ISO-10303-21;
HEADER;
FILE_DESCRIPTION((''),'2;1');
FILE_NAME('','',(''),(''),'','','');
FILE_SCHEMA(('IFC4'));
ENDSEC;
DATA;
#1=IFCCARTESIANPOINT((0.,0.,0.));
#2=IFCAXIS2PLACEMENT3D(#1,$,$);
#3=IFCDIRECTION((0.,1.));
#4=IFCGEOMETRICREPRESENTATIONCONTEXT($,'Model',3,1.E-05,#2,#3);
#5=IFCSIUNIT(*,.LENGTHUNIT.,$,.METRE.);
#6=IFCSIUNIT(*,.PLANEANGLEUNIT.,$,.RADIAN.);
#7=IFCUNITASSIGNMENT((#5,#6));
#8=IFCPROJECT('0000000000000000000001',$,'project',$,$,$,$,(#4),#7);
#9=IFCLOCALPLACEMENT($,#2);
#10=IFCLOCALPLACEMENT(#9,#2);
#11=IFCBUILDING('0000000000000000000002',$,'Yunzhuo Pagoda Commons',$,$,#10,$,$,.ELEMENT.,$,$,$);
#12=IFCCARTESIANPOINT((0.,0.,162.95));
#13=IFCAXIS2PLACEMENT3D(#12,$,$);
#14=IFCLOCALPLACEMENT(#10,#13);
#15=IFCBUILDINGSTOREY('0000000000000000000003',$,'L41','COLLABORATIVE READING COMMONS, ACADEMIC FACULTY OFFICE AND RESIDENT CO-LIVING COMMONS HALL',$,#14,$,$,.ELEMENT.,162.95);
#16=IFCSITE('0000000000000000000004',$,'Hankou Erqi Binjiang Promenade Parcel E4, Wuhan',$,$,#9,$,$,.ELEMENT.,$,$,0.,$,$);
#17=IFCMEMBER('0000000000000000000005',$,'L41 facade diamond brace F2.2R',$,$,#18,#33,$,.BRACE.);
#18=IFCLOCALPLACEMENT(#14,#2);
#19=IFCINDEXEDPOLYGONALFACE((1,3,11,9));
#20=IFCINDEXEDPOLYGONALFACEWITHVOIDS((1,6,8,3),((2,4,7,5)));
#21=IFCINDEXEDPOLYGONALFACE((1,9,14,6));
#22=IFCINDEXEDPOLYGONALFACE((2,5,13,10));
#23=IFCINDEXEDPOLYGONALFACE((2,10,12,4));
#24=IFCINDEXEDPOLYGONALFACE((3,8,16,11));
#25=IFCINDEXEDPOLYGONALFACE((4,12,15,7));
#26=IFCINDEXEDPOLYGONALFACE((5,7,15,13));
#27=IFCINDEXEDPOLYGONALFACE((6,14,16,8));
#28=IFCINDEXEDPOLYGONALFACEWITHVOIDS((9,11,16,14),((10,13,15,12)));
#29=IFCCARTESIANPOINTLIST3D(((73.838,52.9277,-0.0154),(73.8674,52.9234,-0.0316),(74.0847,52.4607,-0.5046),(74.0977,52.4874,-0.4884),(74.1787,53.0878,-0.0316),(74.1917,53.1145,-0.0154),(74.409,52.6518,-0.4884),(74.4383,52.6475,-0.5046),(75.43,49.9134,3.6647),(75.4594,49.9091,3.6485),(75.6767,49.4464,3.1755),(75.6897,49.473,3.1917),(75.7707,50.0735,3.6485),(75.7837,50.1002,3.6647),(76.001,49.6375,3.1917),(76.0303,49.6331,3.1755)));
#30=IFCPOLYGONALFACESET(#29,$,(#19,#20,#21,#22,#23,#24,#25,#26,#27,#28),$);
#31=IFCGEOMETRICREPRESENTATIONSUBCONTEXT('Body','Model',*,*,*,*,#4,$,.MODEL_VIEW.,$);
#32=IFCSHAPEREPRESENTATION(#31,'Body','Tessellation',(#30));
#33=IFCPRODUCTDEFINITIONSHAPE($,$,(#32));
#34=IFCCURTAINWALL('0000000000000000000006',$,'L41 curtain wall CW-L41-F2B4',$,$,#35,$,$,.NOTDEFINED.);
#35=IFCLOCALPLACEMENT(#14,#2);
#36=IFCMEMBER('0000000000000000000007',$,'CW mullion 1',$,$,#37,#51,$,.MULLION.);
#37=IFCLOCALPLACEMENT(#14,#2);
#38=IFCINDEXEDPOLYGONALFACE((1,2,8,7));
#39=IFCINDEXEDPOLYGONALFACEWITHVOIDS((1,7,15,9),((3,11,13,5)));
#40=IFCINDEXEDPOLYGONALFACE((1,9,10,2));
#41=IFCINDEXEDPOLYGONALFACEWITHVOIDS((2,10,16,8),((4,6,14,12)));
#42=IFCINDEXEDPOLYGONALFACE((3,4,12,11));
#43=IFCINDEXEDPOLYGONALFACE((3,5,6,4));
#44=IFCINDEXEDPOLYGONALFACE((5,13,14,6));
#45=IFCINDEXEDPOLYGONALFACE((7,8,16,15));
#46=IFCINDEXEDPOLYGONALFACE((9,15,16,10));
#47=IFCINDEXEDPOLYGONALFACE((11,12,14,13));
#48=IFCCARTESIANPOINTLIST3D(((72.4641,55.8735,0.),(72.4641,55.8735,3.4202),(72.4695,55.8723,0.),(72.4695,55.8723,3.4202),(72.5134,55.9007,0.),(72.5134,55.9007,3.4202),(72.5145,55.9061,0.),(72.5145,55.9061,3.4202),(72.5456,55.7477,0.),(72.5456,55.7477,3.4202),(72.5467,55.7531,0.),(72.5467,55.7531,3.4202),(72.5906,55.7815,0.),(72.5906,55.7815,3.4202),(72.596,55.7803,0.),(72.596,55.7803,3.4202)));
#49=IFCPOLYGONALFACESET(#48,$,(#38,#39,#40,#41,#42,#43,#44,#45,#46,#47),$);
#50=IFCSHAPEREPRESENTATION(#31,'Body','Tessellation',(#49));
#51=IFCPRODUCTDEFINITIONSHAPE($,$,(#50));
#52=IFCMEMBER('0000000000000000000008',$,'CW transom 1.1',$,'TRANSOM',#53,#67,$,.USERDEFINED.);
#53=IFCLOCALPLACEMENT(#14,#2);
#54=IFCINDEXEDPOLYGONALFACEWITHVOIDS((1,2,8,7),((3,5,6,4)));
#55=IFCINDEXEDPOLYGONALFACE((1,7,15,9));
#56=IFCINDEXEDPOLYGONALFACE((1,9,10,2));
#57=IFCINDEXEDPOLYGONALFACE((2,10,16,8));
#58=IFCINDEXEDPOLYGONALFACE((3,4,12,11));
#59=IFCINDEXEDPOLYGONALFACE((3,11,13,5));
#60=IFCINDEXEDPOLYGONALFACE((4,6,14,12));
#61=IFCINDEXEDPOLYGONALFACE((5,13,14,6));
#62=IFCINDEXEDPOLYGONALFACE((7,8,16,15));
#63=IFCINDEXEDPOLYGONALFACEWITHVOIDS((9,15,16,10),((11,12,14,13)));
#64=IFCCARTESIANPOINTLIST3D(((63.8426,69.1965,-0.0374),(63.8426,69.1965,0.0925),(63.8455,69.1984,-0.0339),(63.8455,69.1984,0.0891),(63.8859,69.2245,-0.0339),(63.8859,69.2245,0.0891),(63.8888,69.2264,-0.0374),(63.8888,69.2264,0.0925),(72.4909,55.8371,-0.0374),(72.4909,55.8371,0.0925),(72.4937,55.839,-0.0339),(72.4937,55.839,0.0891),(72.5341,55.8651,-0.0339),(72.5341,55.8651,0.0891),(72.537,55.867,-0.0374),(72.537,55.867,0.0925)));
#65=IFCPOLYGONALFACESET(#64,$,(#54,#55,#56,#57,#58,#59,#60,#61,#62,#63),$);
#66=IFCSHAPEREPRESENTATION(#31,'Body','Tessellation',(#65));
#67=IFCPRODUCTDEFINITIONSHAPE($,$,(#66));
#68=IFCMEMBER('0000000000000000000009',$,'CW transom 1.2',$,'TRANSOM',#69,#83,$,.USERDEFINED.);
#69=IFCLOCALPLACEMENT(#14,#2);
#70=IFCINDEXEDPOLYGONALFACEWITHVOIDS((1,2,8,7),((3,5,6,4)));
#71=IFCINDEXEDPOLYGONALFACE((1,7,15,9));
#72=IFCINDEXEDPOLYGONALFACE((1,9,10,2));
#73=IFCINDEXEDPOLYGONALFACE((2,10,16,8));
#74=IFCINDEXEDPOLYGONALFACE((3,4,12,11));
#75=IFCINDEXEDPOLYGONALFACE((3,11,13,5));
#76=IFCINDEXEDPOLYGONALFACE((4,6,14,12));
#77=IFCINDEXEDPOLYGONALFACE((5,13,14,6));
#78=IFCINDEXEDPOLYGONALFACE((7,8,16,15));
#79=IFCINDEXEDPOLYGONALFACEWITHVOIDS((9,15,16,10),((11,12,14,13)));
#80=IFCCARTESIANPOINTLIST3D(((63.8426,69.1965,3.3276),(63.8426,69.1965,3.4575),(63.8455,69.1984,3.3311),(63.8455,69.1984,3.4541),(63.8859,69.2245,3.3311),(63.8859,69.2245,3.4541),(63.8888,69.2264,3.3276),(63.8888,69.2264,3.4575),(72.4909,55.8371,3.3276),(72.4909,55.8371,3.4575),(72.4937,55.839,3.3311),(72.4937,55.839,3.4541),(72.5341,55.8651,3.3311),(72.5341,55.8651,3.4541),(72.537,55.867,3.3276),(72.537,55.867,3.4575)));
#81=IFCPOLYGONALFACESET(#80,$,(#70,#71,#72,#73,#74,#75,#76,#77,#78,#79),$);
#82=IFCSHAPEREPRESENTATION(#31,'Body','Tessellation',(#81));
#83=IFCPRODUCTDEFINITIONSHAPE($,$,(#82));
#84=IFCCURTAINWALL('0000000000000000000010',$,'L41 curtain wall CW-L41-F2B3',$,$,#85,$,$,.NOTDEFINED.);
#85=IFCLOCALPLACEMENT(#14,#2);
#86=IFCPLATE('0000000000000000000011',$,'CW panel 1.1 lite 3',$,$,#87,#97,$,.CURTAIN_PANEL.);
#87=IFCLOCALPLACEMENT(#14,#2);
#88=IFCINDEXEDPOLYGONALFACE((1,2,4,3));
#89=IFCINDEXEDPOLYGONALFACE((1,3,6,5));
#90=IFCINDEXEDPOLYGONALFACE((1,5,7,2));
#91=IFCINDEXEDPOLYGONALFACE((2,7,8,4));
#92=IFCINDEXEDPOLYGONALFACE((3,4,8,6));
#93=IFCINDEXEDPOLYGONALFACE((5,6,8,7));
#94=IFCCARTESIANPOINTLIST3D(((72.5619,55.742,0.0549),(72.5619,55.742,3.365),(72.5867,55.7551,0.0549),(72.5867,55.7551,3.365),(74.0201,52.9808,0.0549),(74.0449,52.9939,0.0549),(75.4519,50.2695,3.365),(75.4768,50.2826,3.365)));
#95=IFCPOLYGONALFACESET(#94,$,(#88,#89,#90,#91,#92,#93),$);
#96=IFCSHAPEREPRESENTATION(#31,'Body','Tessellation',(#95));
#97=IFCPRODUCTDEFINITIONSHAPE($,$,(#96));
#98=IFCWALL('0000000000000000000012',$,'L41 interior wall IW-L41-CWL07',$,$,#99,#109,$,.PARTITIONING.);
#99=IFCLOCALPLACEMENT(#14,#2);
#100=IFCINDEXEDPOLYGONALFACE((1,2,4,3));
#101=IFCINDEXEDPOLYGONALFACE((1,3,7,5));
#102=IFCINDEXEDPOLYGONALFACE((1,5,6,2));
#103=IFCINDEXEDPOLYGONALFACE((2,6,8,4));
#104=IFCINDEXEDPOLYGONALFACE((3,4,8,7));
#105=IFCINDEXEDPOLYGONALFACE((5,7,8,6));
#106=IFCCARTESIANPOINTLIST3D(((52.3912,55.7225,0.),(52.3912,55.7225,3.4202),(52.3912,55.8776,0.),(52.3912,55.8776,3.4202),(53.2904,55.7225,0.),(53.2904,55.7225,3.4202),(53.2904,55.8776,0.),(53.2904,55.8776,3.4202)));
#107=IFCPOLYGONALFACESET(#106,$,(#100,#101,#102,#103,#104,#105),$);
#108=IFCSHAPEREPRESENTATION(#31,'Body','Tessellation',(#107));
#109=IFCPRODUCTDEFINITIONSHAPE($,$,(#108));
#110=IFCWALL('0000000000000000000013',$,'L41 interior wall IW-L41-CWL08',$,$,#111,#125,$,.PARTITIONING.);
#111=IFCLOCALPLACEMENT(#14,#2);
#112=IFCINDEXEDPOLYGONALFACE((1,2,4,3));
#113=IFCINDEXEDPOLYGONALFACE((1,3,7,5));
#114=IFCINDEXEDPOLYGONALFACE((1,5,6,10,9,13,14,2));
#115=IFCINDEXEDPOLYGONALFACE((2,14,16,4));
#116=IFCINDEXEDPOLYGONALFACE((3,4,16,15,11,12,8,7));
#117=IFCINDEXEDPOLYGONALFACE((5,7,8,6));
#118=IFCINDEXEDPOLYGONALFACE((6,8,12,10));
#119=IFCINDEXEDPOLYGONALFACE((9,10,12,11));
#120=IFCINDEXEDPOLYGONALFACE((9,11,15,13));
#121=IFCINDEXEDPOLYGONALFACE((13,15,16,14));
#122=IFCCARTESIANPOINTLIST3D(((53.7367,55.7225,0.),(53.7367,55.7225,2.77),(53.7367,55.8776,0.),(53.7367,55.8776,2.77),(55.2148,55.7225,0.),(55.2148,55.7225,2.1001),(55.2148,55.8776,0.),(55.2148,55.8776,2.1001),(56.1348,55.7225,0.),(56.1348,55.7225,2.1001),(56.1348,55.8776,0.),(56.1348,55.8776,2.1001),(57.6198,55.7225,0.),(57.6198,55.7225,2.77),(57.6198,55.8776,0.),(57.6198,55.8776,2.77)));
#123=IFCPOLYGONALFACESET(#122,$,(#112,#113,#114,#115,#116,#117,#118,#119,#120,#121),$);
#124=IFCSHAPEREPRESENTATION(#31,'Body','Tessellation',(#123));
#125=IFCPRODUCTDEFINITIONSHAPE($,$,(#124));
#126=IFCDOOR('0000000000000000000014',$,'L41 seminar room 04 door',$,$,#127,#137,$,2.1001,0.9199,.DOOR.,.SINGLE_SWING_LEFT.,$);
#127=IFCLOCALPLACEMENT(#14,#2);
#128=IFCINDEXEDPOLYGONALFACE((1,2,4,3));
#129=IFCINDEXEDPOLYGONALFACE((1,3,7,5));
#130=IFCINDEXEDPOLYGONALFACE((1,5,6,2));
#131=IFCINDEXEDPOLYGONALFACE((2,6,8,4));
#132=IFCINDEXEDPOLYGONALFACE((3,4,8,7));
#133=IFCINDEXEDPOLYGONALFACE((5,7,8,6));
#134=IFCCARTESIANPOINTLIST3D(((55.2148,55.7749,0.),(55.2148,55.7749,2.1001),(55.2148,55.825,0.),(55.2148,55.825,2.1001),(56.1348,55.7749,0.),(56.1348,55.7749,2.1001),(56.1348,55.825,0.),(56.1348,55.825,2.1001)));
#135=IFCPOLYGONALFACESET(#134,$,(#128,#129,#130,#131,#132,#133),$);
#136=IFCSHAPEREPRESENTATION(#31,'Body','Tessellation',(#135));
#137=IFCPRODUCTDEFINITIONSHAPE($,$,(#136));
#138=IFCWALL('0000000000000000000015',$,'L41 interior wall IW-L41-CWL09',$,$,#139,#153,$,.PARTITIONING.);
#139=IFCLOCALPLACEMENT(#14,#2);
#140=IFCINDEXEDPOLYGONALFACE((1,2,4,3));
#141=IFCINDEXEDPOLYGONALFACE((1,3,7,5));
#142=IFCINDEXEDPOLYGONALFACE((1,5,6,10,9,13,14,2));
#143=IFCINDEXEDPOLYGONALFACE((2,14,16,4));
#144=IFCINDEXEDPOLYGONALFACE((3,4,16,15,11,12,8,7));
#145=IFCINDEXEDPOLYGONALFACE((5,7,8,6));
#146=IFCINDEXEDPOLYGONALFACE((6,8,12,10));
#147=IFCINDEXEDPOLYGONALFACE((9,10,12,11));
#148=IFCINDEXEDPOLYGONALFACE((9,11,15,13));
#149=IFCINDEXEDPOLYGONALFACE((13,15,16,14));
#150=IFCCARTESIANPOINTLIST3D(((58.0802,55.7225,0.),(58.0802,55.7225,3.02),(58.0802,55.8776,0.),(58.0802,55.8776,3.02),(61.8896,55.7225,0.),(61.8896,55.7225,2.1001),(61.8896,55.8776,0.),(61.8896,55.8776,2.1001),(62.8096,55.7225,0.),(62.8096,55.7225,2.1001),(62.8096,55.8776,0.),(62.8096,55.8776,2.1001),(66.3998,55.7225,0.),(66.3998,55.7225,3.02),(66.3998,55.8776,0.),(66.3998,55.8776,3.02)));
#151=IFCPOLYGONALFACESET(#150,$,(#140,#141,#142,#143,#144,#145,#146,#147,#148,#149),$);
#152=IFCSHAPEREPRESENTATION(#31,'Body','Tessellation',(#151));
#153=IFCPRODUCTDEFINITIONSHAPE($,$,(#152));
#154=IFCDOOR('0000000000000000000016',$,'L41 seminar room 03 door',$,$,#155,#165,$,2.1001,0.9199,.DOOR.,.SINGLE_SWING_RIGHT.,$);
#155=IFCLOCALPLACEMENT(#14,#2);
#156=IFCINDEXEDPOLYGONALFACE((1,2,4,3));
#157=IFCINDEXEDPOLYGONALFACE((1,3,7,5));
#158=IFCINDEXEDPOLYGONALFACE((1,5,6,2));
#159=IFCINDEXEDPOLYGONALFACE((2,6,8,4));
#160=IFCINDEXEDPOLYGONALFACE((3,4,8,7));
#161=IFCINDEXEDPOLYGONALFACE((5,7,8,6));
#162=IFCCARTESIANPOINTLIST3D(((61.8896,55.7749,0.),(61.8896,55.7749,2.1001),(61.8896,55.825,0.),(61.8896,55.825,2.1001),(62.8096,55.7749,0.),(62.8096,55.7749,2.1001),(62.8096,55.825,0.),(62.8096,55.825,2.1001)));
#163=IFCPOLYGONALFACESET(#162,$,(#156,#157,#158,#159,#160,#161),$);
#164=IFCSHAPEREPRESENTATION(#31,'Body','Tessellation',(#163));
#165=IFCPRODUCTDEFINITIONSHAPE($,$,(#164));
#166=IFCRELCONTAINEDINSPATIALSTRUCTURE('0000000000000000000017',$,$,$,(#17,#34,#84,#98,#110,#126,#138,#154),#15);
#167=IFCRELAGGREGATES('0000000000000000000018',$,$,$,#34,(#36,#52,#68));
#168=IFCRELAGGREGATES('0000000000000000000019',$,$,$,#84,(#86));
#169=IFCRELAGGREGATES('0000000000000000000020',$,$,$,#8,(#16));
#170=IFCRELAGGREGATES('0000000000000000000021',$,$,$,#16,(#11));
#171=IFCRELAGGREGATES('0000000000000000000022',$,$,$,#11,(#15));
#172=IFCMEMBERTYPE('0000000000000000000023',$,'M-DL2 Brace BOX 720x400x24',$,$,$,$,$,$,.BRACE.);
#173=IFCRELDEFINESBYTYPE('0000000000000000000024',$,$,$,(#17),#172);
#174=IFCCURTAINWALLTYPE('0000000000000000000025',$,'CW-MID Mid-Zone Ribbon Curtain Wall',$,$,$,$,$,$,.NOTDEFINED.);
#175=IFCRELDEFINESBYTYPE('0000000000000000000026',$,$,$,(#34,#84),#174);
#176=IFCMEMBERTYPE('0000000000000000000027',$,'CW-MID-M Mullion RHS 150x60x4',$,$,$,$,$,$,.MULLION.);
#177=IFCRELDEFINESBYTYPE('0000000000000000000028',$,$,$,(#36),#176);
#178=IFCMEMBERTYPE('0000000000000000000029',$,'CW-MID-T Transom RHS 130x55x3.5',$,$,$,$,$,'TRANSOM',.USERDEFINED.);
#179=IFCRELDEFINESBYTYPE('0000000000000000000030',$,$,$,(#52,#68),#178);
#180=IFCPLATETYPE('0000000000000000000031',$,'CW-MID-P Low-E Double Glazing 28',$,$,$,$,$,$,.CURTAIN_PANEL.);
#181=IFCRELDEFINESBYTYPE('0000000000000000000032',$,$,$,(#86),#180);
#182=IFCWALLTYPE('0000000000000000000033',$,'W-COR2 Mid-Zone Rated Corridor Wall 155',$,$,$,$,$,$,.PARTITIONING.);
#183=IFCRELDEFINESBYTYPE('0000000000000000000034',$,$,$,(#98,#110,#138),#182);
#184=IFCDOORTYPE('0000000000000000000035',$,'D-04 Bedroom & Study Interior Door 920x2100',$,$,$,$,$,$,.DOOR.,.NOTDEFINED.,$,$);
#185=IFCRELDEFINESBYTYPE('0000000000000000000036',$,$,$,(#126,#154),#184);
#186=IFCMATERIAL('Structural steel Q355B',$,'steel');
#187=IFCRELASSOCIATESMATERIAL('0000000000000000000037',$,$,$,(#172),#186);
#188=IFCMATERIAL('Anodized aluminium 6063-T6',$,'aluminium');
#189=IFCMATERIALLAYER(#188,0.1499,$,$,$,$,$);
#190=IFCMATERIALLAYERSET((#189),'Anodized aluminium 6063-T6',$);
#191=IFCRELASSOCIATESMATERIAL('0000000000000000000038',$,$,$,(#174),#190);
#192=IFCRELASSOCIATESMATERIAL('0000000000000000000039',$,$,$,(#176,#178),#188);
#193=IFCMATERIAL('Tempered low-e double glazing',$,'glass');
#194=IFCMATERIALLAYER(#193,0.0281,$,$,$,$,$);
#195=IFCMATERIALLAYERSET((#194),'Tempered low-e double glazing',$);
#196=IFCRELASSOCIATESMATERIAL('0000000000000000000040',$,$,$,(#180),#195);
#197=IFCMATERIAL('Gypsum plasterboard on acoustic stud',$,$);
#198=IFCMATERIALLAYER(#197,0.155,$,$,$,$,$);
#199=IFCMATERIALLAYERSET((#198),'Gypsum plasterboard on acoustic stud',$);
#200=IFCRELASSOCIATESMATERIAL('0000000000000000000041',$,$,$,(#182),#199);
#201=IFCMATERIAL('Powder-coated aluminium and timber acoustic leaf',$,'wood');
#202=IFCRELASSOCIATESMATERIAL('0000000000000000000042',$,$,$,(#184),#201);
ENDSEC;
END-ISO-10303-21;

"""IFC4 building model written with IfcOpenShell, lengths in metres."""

from ifc_helpers import new_model, si_unit, direction, frame, frame_2d, origin, origin_with_axes, origin_2d, place, context, subcontext, project, spatial, polyline, rectangle, hollow_rectangle, outline, extrude, source, transform, mapped, material, layer, layer_set, material_profile, profile_set, type_object, element, fill, aggregate, save


model = new_model("IFC4")

# Units and contexts
model_context = context("Model", 3, precision=1e-05, world=origin(), true_north=direction((0.0, 1.0)))
body_context = subcontext(model_context, "Body", "Model", "MODEL_VIEW")
ifc_project = project(units=[si_unit("LENGTHUNIT", "METRE"), si_unit("PLANEANGLEUNIT", "RADIAN")], contexts=[model_context])

# Site, building, storey
site_placement = place(None, origin())
site = spatial("IfcSite", under=ifc_project, at=site_placement, Name="Hankou Erqi Binjiang Promenade Parcel E4, Wuhan", CompositionType="ELEMENT", RefElevation=0.0)
building_placement = place(site_placement, origin())
building = spatial("IfcBuilding", under=site, at=building_placement, Name="Yunzhuo Pagoda Commons", CompositionType="ELEMENT")
storey_placement = place(building_placement, frame((0.0, 0.0, 162.95)))
storey = spatial("IfcBuildingStorey", under=building, at=storey_placement, Name="L41", Description="COLLABORATIVE READING COMMONS, ACADEMIC FACULTY OFFICE AND RESIDENT CO-LIVING COMMONS HALL", CompositionType="ELEMENT", Elevation=162.95)

# Shared definitions
ifc_material_1 = material(Name="Structural steel Q355B", Category="steel")

# Member
ifc_material_profile_1 = material_profile(ifc_material_1, hollow_rectangle(XDim=0.3999, YDim=0.72, WallThickness=0.0239, at=origin_2d()), Name="Structural steel Q355B")
ifc_profile_set_1 = profile_set([ifc_material_profile_1], Name="Structural steel Q355B")
member_type_1 = type_object("IfcMemberType", Name="M-DL2 Brace BOX 720x400x24", PredefinedType="BRACE", material=ifc_profile_set_1)
shared_shape_1 = source(origin(), body_context, "Body", "SweptSolid", [
    extrude(hollow_rectangle(XDim=0.3999, YDim=0.72, WallThickness=0.0239, at=origin_2d()), origin(), (0.0, 0.0, 1.0), 5.0164),
])
member_1_placement = place(storey_placement, frame((74.1382, 52.7876, -0.26), z_axis=(0.317363, -0.600902, 0.733619), x_axis=(0.884251, 0.467012, 0.0)))
element("IfcMember", 1, at=member_1_placement, inside=storey, type_object=member_type_1, Name="L41 facade diamond brace F2.2R", PredefinedType="BRACE", context=body_context, shape_type="MappedRepresentation", body=[
    mapped(shared_shape_1, transform((0.0, 0.0, 0.0), scale=1.0)),
])

# Curtain wall, members
ifc_material_2 = material(Name="Anodized aluminium 6063-T6", Category="aluminium")
ifc_layer_1 = layer(ifc_material_2, 0.1499)
ifc_layer_set_1 = layer_set([ifc_layer_1], Name="Anodized aluminium 6063-T6")
curtain_wall_type = type_object("IfcCurtainWallType", Name="CW-MID Mid-Zone Ribbon Curtain Wall", PredefinedType="NOTDEFINED", material=ifc_layer_set_1)
curtain_wall_1_placement = place(storey_placement, origin())
curtain_wall_1 = element("IfcCurtainWall", 2, at=curtain_wall_1_placement, inside=storey, type_object=curtain_wall_type, Name="L41 curtain wall CW-L41-F2B4", PredefinedType="NOTDEFINED")
ifc_material_profile_2 = material_profile(ifc_material_2, hollow_rectangle(XDim=0.0601, YDim=0.1499, WallThickness=0.0039, at=origin_2d()), Name="Anodized aluminium 6063-T6")
ifc_profile_set_2 = profile_set([ifc_material_profile_2], Name="Anodized aluminium 6063-T6")
member_type_2 = type_object("IfcMemberType", Name="CW-MID-M Mullion RHS 150x60x4", PredefinedType="MULLION", material=ifc_profile_set_2)
shared_shape_2 = source(origin(), body_context, "Body", "SweptSolid", [
    extrude(hollow_rectangle(XDim=0.0601, YDim=0.1499, WallThickness=0.0039, at=origin_2d()), origin(), (0.0, 0.0, 1.0), 3.4202),
])
member_2_placement = place(storey_placement, frame((72.53, 55.8269, 0.0), z_axis=(0.0, 0.0, 1.0), x_axis=(-0.839466, -0.543412, 0.0)))
member_2 = element("IfcMember", 3, at=member_2_placement, type_object=member_type_2, Name="CW mullion 1", PredefinedType="MULLION", context=body_context, shape_type="MappedRepresentation", body=[
    mapped(shared_shape_2, transform((0.0, 0.0, 0.0), scale=1.0)),
])
ifc_material_profile_3 = material_profile(ifc_material_2, hollow_rectangle(XDim=0.0549, YDim=0.1299, WallThickness=0.0034, at=origin_2d()), Name="Anodized aluminium 6063-T6")
ifc_profile_set_3 = profile_set([ifc_material_profile_3], Name="Anodized aluminium 6063-T6")
member_type_3 = type_object("IfcMemberType", Name="CW-MID-T Transom RHS 130x55x3.5", ElementType="TRANSOM", PredefinedType="USERDEFINED", material=ifc_profile_set_3)
shared_shape_3 = source(origin(), body_context, "Body", "SweptSolid", [
    extrude(hollow_rectangle(XDim=0.0549, YDim=0.1299, WallThickness=0.0034, at=origin_2d()), origin(), (0.0, 0.0, 1.0), 15.9143),
])
member_3_placement = place(storey_placement, frame((72.5139, 55.8521, 0.0276), z_axis=(-0.543424, 0.839459, 0.0), x_axis=(-0.839459, -0.543424, 0.0)))
member_3 = element("IfcMember", 4, at=member_3_placement, type_object=member_type_3, Name="CW transom 1.1", ObjectType="TRANSOM", PredefinedType="USERDEFINED", context=body_context, shape_type="MappedRepresentation", body=[
    mapped(shared_shape_3, transform((0.0, 0.0, 0.0), scale=1.0)),
])
member_4_placement = place(storey_placement, frame((72.5139, 55.8521, 3.3926), z_axis=(-0.543424, 0.839459, 0.0), x_axis=(-0.839459, -0.543424, 0.0)))
member_4 = element("IfcMember", 5, at=member_4_placement, type_object=member_type_3, Name="CW transom 1.2", ObjectType="TRANSOM", PredefinedType="USERDEFINED", context=body_context, shape_type="MappedRepresentation", body=[
    mapped(shared_shape_3, transform((0.0, 0.0, 0.0), scale=1.0)),
])
aggregate(curtain_wall_1, [member_2, member_3, member_4])

# Curtain wall, plate
curtain_wall_2_placement = place(storey_placement, origin())
curtain_wall_2 = element("IfcCurtainWall", 6, at=curtain_wall_2_placement, inside=storey, type_object=curtain_wall_type, Name="L41 curtain wall CW-L41-F2B3", PredefinedType="NOTDEFINED")
ifc_material_3 = material(Name="Tempered low-e double glazing", Category="glass")
ifc_layer_2 = layer(ifc_material_3, 0.0281)
ifc_layer_set_2 = layer_set([ifc_layer_2], Name="Tempered low-e double glazing")
plate_type = type_object("IfcPlateType", Name="CW-MID-P Low-E Double Glazing 28", PredefinedType="CURTAIN_PANEL", material=ifc_layer_set_2)
plate_placement = place(storey_placement, frame((74.0068, 53.0059, 1.71), z_axis=(0.884263, 0.46699, 0.0), x_axis=(-0.46699, 0.884263, 0.0)))
plate = element("IfcPlate", 7, at=plate_placement, type_object=plate_type, Name="CW panel 1.1 lite 3", PredefinedType="CURTAIN_PANEL", context=body_context, shape_type="SweptSolid", body=[
    extrude(outline(polyline([(-3.0945, 1.655), (-0.0283, -1.655), (3.0942, -1.655), (3.0942, 1.655), (-3.0945, 1.655)])), origin(), (0.0, 0.0, 1.0), 0.0281),
])
aggregate(curtain_wall_2, [plate])

# Wall
ifc_material_4 = material(Name="Gypsum plasterboard on acoustic stud")
ifc_layer_3 = layer(ifc_material_4, 0.155)
ifc_layer_set_3 = layer_set([ifc_layer_3], Name="Gypsum plasterboard on acoustic stud")
wall_type_1 = type_object("IfcWallType", Name="W-COR2 Mid-Zone Rated Corridor Wall 155", PredefinedType="PARTITIONING", material=ifc_layer_set_3)
wall_1_placement = place(storey_placement, frame((52.3911, 55.8, 0.0), z_axis=(0.0, 0.0, 1.0), x_axis=(1.0, 0.0, 0.0)))
element("IfcWall", 8, at=wall_1_placement, inside=storey, type_object=wall_type_1, Name="L41 interior wall IW-L41-CWL07", PredefinedType="PARTITIONING", context=body_context, shape_type="SweptSolid", body=[
    extrude(rectangle(XDim=0.8992, YDim=0.155, at=frame_2d((0.4497, 0.0))), origin(), (0.0, 0.0, 1.0), 3.4202),
])

# Walls, openings, doors
wall_2_placement = place(storey_placement, frame((53.7368, 55.8, 0.0), z_axis=(0.0, 0.0, 1.0), x_axis=(1.0, 0.0, 0.0)))
wall_2 = element("IfcWall", 9, at=wall_2_placement, inside=storey, type_object=wall_type_1, Name="L41 interior wall IW-L41-CWL08", PredefinedType="PARTITIONING", context=body_context, shape_type="SweptSolid", body=[
    extrude(rectangle(XDim=3.8831, YDim=0.155, at=frame_2d((1.9414, 0.0))), origin(), (0.0, 0.0, 1.0), 2.77),
])
opening_1_placement = place(wall_2_placement, frame((1.478, 0.0, 0.0)))
opening_1 = element("IfcOpeningElement", 10, at=opening_1_placement, cuts=wall_2, PredefinedType="OPENING", context=body_context, shape_type="SweptSolid", body=[
    extrude(rectangle(XDim=0.9199, YDim=2.1001, at=frame_2d((0.46, 1.05))), frame((0.0, 0.0874, 0.0), z_axis=(0.0, -1.0, 0.0), x_axis=(1.0, 0.0, 0.0)), (0.0, 0.0, 1.0), 0.175),
])
ifc_material_5 = material(Name="Powder-coated aluminium and timber acoustic leaf", Category="wood")
door_type = type_object("IfcDoorType", Name="D-04 Bedroom & Study Interior Door 920x2100", OperationType="NOTDEFINED", PredefinedType="DOOR", material=ifc_material_5)
shared_shape_4 = source(origin(), body_context, "Body", "SweptSolid", [
    extrude(rectangle(XDim=0.9199, YDim=2.1001, at=frame_2d((0.46, 1.05))), frame((0.0, 0.0249, 0.0), z_axis=(0.0, -1.0, 0.0), x_axis=(1.0, 0.0, 0.0)), (0.0, 0.0, 1.0), 0.05),
])
door_1_placement = place(opening_1_placement, origin_with_axes())
door_1 = element("IfcDoor", 11, at=door_1_placement, inside=storey, type_object=door_type, Name="L41 seminar room 04 door", OperationType="SINGLE_SWING_LEFT", OverallHeight=2.1001, OverallWidth=0.9199, PredefinedType="DOOR", context=body_context, shape_type="MappedRepresentation", body=[
    mapped(shared_shape_4, transform((0.0, 0.0, 0.0), scale=1.0)),
])
fill(opening_1, door_1)
wall_3_placement = place(storey_placement, frame((58.0803, 55.8, 0.0), z_axis=(0.0, 0.0, 1.0), x_axis=(1.0, 0.0, 0.0)))
wall_3 = element("IfcWall", 12, at=wall_3_placement, inside=storey, type_object=wall_type_1, Name="L41 interior wall IW-L41-CWL09", PredefinedType="PARTITIONING", context=body_context, shape_type="SweptSolid", body=[
    extrude(rectangle(XDim=8.3196, YDim=0.155, at=frame_2d((4.1597, 0.0))), origin(), (0.0, 0.0, 1.0), 3.02),
])
opening_2_placement = place(wall_3_placement, frame((3.8093, 0.0, 0.0)))
opening_2 = element("IfcOpeningElement", 13, at=opening_2_placement, cuts=wall_3, PredefinedType="OPENING", context=body_context, shape_type="SweptSolid", body=[
    extrude(rectangle(XDim=0.9199, YDim=2.1001, at=frame_2d((0.46, 1.05))), frame((0.0, 0.0874, 0.0), z_axis=(0.0, -1.0, 0.0), x_axis=(1.0, 0.0, 0.0)), (0.0, 0.0, 1.0), 0.175),
])
door_2_placement = place(opening_2_placement, origin_with_axes())
door_2 = element("IfcDoor", 14, at=door_2_placement, inside=storey, type_object=door_type, Name="L41 seminar room 03 door", OperationType="SINGLE_SWING_RIGHT", OverallHeight=2.1001, OverallWidth=0.9199, PredefinedType="DOOR", context=body_context, shape_type="MappedRepresentation", body=[
    mapped(shared_shape_4, transform((0.0, 0.0, 0.0), scale=1.0)),
])
fill(opening_2, door_2)

save(model, "model.ifc")
